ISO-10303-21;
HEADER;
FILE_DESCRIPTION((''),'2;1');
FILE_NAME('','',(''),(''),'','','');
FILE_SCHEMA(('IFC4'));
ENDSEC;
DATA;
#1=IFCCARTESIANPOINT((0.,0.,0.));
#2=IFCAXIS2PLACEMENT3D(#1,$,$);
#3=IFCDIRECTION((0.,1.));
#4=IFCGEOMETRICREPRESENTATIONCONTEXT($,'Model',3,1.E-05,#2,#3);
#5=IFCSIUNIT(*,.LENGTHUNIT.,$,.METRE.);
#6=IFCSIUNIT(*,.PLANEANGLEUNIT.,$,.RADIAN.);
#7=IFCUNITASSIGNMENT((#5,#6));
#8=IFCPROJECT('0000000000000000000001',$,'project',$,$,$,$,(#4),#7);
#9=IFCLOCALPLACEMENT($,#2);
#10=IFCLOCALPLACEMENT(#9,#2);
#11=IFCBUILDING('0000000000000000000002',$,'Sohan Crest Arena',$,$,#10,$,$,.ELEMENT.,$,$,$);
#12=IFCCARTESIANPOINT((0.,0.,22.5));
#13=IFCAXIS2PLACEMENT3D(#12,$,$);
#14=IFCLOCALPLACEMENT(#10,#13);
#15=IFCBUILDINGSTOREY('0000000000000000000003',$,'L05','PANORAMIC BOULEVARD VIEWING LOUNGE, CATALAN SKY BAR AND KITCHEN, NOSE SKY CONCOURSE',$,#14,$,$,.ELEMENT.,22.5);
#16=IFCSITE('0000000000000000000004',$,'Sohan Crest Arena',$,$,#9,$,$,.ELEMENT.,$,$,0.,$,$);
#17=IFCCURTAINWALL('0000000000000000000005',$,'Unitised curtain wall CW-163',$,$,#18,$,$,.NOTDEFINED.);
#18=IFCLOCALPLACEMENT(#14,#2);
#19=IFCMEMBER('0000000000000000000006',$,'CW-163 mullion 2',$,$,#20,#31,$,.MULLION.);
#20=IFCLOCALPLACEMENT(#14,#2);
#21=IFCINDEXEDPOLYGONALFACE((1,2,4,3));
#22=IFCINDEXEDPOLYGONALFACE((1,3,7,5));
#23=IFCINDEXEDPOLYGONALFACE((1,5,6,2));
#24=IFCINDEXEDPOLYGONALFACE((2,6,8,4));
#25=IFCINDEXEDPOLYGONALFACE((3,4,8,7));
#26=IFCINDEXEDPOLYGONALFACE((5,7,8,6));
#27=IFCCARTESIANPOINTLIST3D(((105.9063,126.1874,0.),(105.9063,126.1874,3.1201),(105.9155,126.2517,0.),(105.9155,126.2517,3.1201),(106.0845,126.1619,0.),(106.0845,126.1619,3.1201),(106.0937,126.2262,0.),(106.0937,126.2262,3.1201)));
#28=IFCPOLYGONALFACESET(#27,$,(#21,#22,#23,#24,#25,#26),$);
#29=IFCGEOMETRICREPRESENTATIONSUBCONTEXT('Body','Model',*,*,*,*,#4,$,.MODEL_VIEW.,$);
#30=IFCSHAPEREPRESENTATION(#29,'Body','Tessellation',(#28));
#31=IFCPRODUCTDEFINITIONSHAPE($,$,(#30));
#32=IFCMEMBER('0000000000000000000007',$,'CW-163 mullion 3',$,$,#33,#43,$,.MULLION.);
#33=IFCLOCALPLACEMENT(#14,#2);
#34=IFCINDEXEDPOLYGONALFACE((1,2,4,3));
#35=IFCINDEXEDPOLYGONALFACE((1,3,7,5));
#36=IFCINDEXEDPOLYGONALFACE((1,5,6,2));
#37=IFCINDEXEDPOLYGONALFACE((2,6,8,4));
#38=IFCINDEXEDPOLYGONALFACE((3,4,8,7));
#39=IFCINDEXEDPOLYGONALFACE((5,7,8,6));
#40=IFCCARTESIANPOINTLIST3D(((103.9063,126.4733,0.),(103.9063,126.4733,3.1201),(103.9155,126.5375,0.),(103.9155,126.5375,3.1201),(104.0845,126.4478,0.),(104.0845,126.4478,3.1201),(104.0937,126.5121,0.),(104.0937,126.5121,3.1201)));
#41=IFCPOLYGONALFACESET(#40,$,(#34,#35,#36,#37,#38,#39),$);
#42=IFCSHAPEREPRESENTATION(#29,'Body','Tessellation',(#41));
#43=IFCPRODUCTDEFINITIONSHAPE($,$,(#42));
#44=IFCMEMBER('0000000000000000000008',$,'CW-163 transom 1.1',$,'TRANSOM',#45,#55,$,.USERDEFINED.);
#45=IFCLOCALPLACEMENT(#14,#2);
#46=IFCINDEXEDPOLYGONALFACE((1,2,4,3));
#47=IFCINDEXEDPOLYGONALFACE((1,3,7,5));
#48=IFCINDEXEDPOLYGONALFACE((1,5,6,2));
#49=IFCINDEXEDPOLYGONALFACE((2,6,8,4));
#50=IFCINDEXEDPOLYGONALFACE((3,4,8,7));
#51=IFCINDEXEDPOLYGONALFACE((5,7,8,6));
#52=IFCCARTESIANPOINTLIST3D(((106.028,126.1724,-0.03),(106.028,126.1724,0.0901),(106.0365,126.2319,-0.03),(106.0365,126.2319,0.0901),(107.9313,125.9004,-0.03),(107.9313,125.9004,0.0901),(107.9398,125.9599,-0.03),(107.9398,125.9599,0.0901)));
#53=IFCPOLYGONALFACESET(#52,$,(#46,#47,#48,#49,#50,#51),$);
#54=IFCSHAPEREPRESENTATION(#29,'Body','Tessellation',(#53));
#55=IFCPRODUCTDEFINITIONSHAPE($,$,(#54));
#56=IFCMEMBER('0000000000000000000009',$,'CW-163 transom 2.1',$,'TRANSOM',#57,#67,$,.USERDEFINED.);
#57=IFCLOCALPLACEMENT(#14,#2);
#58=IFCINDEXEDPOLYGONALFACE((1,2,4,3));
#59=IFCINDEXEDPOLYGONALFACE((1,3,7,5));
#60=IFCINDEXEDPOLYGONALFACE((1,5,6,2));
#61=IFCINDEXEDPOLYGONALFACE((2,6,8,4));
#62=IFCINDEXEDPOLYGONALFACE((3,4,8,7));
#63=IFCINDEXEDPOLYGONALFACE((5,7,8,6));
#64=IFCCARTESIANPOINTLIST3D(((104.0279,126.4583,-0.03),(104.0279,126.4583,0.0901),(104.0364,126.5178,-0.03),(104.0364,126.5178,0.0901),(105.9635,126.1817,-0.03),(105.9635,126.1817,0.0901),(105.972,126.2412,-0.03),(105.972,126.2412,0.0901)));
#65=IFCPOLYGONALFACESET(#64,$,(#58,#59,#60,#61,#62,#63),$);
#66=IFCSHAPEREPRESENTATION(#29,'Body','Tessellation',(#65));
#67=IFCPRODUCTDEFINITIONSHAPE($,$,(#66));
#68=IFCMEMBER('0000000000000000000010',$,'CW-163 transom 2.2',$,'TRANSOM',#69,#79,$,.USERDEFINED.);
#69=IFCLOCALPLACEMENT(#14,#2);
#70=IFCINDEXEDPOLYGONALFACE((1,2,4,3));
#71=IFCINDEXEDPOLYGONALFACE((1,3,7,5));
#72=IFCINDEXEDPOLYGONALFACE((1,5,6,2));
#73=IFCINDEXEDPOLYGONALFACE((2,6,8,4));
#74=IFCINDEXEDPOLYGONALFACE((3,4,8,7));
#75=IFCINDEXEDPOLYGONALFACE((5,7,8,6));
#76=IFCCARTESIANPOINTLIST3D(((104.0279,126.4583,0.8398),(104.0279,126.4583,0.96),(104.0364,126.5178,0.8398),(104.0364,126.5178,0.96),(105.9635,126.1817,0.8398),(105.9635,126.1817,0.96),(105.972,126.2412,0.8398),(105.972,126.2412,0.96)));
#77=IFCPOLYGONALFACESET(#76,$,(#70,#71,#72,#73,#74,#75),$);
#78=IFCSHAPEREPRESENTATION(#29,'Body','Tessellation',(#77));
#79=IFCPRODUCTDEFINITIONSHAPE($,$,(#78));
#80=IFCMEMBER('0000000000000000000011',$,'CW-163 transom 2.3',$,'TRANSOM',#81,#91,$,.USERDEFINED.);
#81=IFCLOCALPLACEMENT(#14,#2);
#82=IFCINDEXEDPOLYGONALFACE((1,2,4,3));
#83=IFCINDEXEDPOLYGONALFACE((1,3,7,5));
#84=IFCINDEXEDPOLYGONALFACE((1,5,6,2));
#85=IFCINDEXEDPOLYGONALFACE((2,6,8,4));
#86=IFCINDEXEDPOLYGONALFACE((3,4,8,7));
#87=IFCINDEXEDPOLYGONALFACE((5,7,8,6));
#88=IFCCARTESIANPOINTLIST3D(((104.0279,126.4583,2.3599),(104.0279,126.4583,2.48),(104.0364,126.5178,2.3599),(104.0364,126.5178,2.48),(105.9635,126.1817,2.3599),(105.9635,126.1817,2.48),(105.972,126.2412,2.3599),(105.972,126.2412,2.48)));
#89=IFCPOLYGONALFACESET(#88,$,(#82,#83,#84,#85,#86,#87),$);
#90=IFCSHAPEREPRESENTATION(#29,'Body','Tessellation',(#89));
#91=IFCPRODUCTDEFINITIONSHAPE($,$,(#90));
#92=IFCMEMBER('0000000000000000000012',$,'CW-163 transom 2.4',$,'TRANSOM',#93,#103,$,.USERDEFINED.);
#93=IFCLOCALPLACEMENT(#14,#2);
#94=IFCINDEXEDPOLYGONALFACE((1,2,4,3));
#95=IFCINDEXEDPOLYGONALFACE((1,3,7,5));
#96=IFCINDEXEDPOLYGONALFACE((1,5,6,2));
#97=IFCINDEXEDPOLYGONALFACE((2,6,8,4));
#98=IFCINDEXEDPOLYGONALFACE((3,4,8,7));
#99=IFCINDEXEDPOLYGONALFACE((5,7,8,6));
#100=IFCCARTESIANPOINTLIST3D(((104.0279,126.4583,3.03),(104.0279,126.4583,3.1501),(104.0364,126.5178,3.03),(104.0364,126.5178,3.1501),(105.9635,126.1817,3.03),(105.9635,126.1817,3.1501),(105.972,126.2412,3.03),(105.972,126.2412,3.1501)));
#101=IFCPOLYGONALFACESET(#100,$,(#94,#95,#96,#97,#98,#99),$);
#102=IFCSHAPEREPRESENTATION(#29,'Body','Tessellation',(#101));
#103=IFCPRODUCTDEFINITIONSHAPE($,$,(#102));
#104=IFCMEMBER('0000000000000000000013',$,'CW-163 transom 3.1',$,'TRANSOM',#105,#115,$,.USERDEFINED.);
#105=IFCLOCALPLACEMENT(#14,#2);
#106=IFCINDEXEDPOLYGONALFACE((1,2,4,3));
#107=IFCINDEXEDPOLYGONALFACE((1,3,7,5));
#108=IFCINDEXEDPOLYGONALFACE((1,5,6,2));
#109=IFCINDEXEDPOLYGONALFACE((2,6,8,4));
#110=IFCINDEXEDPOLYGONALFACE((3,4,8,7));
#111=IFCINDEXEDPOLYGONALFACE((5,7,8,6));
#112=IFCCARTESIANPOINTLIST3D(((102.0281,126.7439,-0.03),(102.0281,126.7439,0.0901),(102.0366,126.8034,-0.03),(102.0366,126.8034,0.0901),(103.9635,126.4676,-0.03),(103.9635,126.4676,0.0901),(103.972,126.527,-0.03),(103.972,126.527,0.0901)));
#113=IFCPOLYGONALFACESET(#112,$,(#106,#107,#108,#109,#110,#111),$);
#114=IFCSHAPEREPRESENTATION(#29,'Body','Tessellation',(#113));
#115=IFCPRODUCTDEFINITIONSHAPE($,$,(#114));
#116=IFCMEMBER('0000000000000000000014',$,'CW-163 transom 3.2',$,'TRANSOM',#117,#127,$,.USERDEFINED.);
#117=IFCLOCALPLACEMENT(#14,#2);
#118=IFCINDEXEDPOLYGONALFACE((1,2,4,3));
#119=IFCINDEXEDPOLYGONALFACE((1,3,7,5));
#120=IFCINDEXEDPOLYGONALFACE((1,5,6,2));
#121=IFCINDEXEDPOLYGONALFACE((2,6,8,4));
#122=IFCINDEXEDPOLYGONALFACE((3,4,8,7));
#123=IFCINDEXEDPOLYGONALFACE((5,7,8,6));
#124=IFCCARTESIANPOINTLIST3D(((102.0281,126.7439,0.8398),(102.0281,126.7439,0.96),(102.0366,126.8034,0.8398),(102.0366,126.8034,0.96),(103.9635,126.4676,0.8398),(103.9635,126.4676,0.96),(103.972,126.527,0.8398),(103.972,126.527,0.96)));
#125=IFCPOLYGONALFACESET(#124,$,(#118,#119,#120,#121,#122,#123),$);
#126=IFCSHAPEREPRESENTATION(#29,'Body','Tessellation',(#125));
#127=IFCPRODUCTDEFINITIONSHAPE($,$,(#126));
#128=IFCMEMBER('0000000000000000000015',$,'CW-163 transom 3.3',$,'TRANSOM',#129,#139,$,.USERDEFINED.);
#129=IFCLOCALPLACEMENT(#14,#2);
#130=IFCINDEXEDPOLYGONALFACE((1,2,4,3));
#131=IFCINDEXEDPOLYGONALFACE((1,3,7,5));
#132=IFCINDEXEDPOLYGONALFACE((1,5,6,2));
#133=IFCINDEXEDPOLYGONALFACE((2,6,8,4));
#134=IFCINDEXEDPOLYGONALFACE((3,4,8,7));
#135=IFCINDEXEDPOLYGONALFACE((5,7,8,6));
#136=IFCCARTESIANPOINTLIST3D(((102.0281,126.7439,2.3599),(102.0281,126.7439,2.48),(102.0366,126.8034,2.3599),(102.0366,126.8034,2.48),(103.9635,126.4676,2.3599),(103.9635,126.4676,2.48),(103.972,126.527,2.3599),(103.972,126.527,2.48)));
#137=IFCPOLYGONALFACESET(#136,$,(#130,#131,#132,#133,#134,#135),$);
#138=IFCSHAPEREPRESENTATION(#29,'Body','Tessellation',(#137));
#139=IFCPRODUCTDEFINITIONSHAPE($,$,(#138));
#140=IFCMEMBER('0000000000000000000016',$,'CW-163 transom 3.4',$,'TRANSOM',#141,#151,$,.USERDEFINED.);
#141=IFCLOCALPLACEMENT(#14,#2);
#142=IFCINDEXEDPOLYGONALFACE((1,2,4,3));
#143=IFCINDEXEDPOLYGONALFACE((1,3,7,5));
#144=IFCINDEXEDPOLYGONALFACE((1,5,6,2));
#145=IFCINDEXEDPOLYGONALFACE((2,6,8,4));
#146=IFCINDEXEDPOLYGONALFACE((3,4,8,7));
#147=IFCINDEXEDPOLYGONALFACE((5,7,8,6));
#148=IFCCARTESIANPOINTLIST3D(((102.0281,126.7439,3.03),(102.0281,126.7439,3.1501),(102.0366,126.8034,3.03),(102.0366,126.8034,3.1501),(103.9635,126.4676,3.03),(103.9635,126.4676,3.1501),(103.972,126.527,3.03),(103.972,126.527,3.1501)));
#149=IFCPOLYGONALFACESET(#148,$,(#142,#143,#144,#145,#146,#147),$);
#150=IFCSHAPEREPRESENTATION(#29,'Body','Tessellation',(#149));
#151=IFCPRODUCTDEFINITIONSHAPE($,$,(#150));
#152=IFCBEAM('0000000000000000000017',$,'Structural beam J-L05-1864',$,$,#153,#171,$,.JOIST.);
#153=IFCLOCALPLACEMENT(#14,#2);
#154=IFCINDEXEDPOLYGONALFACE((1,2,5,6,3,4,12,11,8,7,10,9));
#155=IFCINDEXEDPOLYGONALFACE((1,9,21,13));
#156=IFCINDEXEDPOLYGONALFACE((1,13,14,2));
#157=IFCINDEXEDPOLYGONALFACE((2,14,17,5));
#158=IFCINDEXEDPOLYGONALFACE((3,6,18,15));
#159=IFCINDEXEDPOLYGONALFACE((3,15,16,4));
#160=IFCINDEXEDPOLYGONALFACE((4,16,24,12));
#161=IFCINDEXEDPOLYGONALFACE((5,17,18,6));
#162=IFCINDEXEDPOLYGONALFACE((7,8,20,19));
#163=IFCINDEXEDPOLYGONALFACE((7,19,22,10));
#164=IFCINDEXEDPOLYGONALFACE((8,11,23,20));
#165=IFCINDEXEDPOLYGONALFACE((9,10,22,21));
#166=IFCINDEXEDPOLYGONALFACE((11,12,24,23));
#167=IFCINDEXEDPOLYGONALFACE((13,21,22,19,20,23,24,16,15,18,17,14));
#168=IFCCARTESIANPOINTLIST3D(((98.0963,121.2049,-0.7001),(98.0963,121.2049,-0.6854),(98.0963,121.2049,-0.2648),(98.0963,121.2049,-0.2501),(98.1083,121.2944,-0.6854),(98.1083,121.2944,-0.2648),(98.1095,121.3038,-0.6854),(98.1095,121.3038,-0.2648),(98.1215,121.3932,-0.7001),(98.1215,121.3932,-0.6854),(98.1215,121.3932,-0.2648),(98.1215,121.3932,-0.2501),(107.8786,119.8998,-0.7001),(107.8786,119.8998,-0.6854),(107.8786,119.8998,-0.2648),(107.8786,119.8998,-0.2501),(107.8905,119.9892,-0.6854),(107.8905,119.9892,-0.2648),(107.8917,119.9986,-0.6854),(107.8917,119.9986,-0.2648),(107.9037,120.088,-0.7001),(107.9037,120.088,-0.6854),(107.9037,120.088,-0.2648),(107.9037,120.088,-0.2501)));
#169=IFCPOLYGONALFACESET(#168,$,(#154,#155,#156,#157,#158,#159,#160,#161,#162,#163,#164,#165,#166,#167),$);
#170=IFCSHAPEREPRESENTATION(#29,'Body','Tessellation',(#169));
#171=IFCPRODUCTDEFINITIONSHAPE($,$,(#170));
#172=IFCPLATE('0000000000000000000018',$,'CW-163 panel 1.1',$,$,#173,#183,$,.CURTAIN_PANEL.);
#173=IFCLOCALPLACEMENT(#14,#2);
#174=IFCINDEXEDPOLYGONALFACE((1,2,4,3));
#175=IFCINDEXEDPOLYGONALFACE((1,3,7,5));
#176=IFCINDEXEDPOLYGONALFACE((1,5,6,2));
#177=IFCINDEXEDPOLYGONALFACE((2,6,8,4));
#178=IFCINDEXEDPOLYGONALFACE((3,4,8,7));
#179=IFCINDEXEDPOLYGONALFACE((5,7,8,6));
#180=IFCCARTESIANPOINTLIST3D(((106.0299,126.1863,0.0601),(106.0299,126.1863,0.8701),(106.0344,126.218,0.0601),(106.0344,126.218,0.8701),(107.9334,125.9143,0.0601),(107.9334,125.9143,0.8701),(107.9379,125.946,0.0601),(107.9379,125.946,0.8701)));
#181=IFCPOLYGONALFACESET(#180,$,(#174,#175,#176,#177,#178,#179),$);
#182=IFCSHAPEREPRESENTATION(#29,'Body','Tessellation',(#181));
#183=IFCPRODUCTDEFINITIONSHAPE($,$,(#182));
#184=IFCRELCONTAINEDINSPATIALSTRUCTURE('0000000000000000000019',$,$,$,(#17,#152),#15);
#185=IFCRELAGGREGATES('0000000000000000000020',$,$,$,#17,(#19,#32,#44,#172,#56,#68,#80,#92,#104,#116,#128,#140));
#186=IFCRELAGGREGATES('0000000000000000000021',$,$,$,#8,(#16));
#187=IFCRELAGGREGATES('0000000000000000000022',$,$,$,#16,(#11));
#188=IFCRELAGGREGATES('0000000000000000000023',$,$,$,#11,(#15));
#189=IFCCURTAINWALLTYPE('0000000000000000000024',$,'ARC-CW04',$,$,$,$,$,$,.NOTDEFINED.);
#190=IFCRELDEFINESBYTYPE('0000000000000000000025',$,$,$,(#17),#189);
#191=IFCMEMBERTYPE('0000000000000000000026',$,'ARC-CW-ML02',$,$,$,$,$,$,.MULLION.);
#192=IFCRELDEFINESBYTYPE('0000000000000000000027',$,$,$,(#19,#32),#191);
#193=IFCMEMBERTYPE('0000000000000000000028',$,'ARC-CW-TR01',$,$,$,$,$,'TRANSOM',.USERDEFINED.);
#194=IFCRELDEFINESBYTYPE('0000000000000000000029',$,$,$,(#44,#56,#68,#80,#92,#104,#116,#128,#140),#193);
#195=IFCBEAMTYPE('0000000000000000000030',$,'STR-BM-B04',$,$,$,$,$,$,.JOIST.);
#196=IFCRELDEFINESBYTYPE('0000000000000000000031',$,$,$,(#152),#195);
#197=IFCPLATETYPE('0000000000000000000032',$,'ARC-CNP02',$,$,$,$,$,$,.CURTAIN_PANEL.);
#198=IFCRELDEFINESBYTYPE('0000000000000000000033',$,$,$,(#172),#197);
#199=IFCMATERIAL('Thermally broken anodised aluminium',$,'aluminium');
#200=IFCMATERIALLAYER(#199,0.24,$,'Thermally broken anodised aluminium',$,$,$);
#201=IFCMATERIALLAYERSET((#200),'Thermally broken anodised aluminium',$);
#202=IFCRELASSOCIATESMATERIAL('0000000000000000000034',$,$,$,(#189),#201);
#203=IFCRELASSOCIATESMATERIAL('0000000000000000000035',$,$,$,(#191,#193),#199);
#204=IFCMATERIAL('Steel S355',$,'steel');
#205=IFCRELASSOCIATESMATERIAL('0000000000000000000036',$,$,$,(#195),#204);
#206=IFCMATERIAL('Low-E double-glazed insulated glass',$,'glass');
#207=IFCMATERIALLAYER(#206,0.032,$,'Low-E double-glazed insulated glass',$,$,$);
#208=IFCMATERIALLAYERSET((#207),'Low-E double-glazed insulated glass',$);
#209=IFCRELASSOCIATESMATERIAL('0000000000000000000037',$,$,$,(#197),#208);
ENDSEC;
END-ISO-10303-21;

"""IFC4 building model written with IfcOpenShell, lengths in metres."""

from ifc_helpers import new_model, si_unit, direction, frame, origin, origin_2d, place, context, subcontext, project, spatial, rectangle, i_section, extrude, material, layer, layer_set, material_profile, profile_set, type_object, element, aggregate, save


model = new_model("IFC4")

# Units and contexts
model_context = context("Model", 3, precision=1e-05, world=origin(), true_north=direction((0.0, 1.0)))
body_context = subcontext(model_context, "Body", "Model", "MODEL_VIEW")
ifc_project = project(units=[si_unit("LENGTHUNIT", "METRE"), si_unit("PLANEANGLEUNIT", "RADIAN")], contexts=[model_context])

# Site, building, storey
site_placement = place(None, origin())
site = spatial("IfcSite", under=ifc_project, at=site_placement, Name="Sohan Crest Arena", CompositionType="ELEMENT", RefElevation=0.0)
building_placement = place(site_placement, origin())
building = spatial("IfcBuilding", under=site, at=building_placement, Name="Sohan Crest Arena", CompositionType="ELEMENT")
storey_placement = place(building_placement, frame((0.0, 0.0, 22.5)))
storey = spatial("IfcBuildingStorey", under=building, at=storey_placement, Name="L05", Description="PANORAMIC BOULEVARD VIEWING LOUNGE, CATALAN SKY BAR AND KITCHEN, NOSE SKY CONCOURSE", CompositionType="ELEMENT", Elevation=22.5)

# Curtain wall, members
ifc_material_1 = material(Name="Thermally broken anodised aluminium", Category="aluminium")
ifc_layer_1 = layer(ifc_material_1, 0.24, Name="Thermally broken anodised aluminium")
ifc_layer_set_1 = layer_set([ifc_layer_1], Name="Thermally broken anodised aluminium")
curtain_wall_type = type_object("IfcCurtainWallType", Name="ARC-CW04", PredefinedType="NOTDEFINED", material=ifc_layer_set_1)
curtain_wall_placement = place(storey_placement, origin())
curtain_wall = element("IfcCurtainWall", 1, at=curtain_wall_placement, inside=storey, type_object=curtain_wall_type, Name="Unitised curtain wall CW-163", PredefinedType="NOTDEFINED")
ifc_material_profile_1 = material_profile(ifc_material_1, rectangle(XDim=0.0649, YDim=0.1799, at=origin_2d()), Name="ALU-MULL 65x180")
ifc_profile_set_1 = profile_set([ifc_material_profile_1], Name="Thermally broken anodised aluminium")
member_type_1 = type_object("IfcMemberType", Name="ARC-CW-ML02", PredefinedType="MULLION", material=ifc_profile_set_1)
member_1_placement = place(storey_placement, frame((106.0, 126.2068, 0.0), z_axis=(0.0, 0.0, 1.0), x_axis=(-0.141463, -0.989944, 0.0)))
member_1 = element("IfcMember", 2, at=member_1_placement, type_object=member_type_1, Name="CW-163 mullion 2", PredefinedType="MULLION", context=body_context, shape_type="SweptSolid", body=[
    extrude(rectangle(XDim=0.0649, YDim=0.1799, at=origin_2d()), origin(), (0.0, 0.0, 1.0), 3.1201),
])
member_2_placement = place(storey_placement, frame((104.0, 126.4927, 0.0), z_axis=(0.0, 0.0, 1.0), x_axis=(-0.141463, -0.989944, 0.0)))
member_2 = element("IfcMember", 3, at=member_2_placement, type_object=member_type_1, Name="CW-163 mullion 3", PredefinedType="MULLION", context=body_context, shape_type="SweptSolid", body=[
    extrude(rectangle(XDim=0.0649, YDim=0.1799, at=origin_2d()), origin(), (0.0, 0.0, 1.0), 3.1201),
])
ifc_material_profile_2 = material_profile(ifc_material_1, rectangle(XDim=0.0601, YDim=0.1201, at=origin_2d()), Name="ALU-TRAN 60x120")
ifc_profile_set_2 = profile_set([ifc_material_profile_2], Name="Thermally broken anodised aluminium")
member_type_2 = type_object("IfcMemberType", Name="ARC-CW-TR01", ElementType="TRANSOM", PredefinedType="USERDEFINED", material=ifc_profile_set_2)
member_3_placement = place(storey_placement, frame((107.9355, 125.9302, 0.03), z_axis=(-0.989944, 0.141457, 0.0), x_axis=(-0.141457, -0.989944, 0.0)))
member_3 = element("IfcMember", 4, at=member_3_placement, type_object=member_type_2, Name="CW-163 transom 1.1", ObjectType="TRANSOM", PredefinedType="USERDEFINED", context=body_context, shape_type="SweptSolid", body=[
    extrude(rectangle(XDim=0.0601, YDim=0.1201, at=origin_2d()), origin(), (0.0, 0.0, 1.0), 1.9226),
])
member_4_placement = place(storey_placement, frame((105.9678, 126.2114, 0.03), z_axis=(-0.989942, 0.141474, 0.0), x_axis=(-0.141474, -0.989942, 0.0)))
member_4 = element("IfcMember", 5, at=member_4_placement, type_object=member_type_2, Name="CW-163 transom 2.1", ObjectType="TRANSOM", PredefinedType="USERDEFINED", context=body_context, shape_type="SweptSolid", body=[
    extrude(rectangle(XDim=0.0601, YDim=0.1201, at=origin_2d()), origin(), (0.0, 0.0, 1.0), 1.9553),
])
member_5_placement = place(storey_placement, frame((105.9678, 126.2114, 0.8999), z_axis=(-0.989942, 0.141474, 0.0), x_axis=(-0.141474, -0.989942, 0.0)))
member_5 = element("IfcMember", 6, at=member_5_placement, type_object=member_type_2, Name="CW-163 transom 2.2", ObjectType="TRANSOM", PredefinedType="USERDEFINED", context=body_context, shape_type="SweptSolid", body=[
    extrude(rectangle(XDim=0.0601, YDim=0.1201, at=origin_2d()), origin(), (0.0, 0.0, 1.0), 1.9553),
])
member_6_placement = place(storey_placement, frame((105.9678, 126.2114, 2.4199), z_axis=(-0.989942, 0.141474, 0.0), x_axis=(-0.141474, -0.989942, 0.0)))
member_6 = element("IfcMember", 7, at=member_6_placement, type_object=member_type_2, Name="CW-163 transom 2.3", ObjectType="TRANSOM", PredefinedType="USERDEFINED", context=body_context, shape_type="SweptSolid", body=[
    extrude(rectangle(XDim=0.0601, YDim=0.1201, at=origin_2d()), origin(), (0.0, 0.0, 1.0), 1.9553),
])
member_7_placement = place(storey_placement, frame((105.9678, 126.2114, 3.0901), z_axis=(-0.989942, 0.141474, 0.0), x_axis=(-0.141474, -0.989942, 0.0)))
member_7 = element("IfcMember", 8, at=member_7_placement, type_object=member_type_2, Name="CW-163 transom 2.4", ObjectType="TRANSOM", PredefinedType="USERDEFINED", context=body_context, shape_type="SweptSolid", body=[
    extrude(rectangle(XDim=0.0601, YDim=0.1201, at=origin_2d()), origin(), (0.0, 0.0, 1.0), 1.9553),
])
member_8_placement = place(storey_placement, frame((103.9678, 126.4973, 0.03), z_axis=(-0.989959, 0.141351, 0.0), x_axis=(-0.141351, -0.989959, 0.0)))
member_8 = element("IfcMember", 9, at=member_8_placement, type_object=member_type_2, Name="CW-163 transom 3.1", ObjectType="TRANSOM", PredefinedType="USERDEFINED", context=body_context, shape_type="SweptSolid", body=[
    extrude(rectangle(XDim=0.0601, YDim=0.1201, at=origin_2d()), origin(), (0.0, 0.0, 1.0), 1.9551),
])
member_9_placement = place(storey_placement, frame((103.9678, 126.4973, 0.8999), z_axis=(-0.989959, 0.141351, 0.0), x_axis=(-0.141351, -0.989959, 0.0)))
member_9 = element("IfcMember", 10, at=member_9_placement, type_object=member_type_2, Name="CW-163 transom 3.2", ObjectType="TRANSOM", PredefinedType="USERDEFINED", context=body_context, shape_type="SweptSolid", body=[
    extrude(rectangle(XDim=0.0601, YDim=0.1201, at=origin_2d()), origin(), (0.0, 0.0, 1.0), 1.9551),
])
member_10_placement = place(storey_placement, frame((103.9678, 126.4973, 2.4199), z_axis=(-0.989959, 0.141351, 0.0), x_axis=(-0.141351, -0.989959, 0.0)))
member_10 = element("IfcMember", 11, at=member_10_placement, type_object=member_type_2, Name="CW-163 transom 3.3", ObjectType="TRANSOM", PredefinedType="USERDEFINED", context=body_context, shape_type="SweptSolid", body=[
    extrude(rectangle(XDim=0.0601, YDim=0.1201, at=origin_2d()), origin(), (0.0, 0.0, 1.0), 1.9551),
])
member_11_placement = place(storey_placement, frame((103.9678, 126.4973, 3.0901), z_axis=(-0.989959, 0.141351, 0.0), x_axis=(-0.141351, -0.989959, 0.0)))
member_11 = element("IfcMember", 12, at=member_11_placement, type_object=member_type_2, Name="CW-163 transom 3.4", ObjectType="TRANSOM", PredefinedType="USERDEFINED", context=body_context, shape_type="SweptSolid", body=[
    extrude(rectangle(XDim=0.0601, YDim=0.1201, at=origin_2d()), origin(), (0.0, 0.0, 1.0), 1.9551),
])

# Beam
ifc_material_2 = material(Name="Steel S355", Category="steel")
ifc_material_profile_3 = material_profile(ifc_material_2, i_section(OverallWidth=0.1899, OverallDepth=0.45, WebThickness=0.0095, FlangeThickness=0.0146, at=origin_2d()), Name="IPE 450")
ifc_profile_set_3 = profile_set([ifc_material_profile_3], Name="Steel S355")
beam_type = type_object("IfcBeamType", Name="STR-BM-B04", PredefinedType="JOIST", material=ifc_profile_set_3)
beam_placement = place(storey_placement, frame((107.8911, 119.9939, -0.4751), z_axis=(-0.991216, 0.132251, 0.0), x_axis=(-0.132251, -0.991216, 0.0)))
element("IfcBeam", 13, at=beam_placement, inside=storey, type_object=beam_type, Name="Structural beam J-L05-1864", PredefinedType="JOIST", context=body_context, shape_type="SweptSolid", body=[
    extrude(i_section(OverallWidth=0.1899, OverallDepth=0.45, WebThickness=0.0095, FlangeThickness=0.0146, at=origin_2d()), origin(), (0.0, 0.0, 1.0), 9.8689),
])

# Plate
ifc_material_3 = material(Name="Low-E double-glazed insulated glass", Category="glass")
ifc_layer_2 = layer(ifc_material_3, 0.032, Name="Low-E double-glazed insulated glass")
ifc_layer_set_2 = layer_set([ifc_layer_2], Name="Low-E double-glazed insulated glass")
plate_type = type_object("IfcPlateType", Name="ARC-CNP02", PredefinedType="CURTAIN_PANEL", material=ifc_layer_set_2)
plate_1_placement = place(storey_placement, frame((106.9839, 126.0662, 0.0601), z_axis=(0.0, 0.0, 1.0), x_axis=(-0.989944, 0.141463, 0.0)))
plate_1 = element("IfcPlate", 14, at=plate_1_placement, type_object=plate_type, Name="CW-163 panel 1.1", PredefinedType="CURTAIN_PANEL", context=body_context, shape_type="SweptSolid", body=[
    extrude(rectangle(XDim=1.9229, YDim=0.032, at=origin_2d()), origin(), (0.0, 0.0, 1.0), 0.8101),
])
aggregate(curtain_wall, [member_1, member_2, member_3, plate_1, member_4, member_5, member_6, member_7, member_8, member_9, member_10, member_11])

save(model, "model.ifc")
